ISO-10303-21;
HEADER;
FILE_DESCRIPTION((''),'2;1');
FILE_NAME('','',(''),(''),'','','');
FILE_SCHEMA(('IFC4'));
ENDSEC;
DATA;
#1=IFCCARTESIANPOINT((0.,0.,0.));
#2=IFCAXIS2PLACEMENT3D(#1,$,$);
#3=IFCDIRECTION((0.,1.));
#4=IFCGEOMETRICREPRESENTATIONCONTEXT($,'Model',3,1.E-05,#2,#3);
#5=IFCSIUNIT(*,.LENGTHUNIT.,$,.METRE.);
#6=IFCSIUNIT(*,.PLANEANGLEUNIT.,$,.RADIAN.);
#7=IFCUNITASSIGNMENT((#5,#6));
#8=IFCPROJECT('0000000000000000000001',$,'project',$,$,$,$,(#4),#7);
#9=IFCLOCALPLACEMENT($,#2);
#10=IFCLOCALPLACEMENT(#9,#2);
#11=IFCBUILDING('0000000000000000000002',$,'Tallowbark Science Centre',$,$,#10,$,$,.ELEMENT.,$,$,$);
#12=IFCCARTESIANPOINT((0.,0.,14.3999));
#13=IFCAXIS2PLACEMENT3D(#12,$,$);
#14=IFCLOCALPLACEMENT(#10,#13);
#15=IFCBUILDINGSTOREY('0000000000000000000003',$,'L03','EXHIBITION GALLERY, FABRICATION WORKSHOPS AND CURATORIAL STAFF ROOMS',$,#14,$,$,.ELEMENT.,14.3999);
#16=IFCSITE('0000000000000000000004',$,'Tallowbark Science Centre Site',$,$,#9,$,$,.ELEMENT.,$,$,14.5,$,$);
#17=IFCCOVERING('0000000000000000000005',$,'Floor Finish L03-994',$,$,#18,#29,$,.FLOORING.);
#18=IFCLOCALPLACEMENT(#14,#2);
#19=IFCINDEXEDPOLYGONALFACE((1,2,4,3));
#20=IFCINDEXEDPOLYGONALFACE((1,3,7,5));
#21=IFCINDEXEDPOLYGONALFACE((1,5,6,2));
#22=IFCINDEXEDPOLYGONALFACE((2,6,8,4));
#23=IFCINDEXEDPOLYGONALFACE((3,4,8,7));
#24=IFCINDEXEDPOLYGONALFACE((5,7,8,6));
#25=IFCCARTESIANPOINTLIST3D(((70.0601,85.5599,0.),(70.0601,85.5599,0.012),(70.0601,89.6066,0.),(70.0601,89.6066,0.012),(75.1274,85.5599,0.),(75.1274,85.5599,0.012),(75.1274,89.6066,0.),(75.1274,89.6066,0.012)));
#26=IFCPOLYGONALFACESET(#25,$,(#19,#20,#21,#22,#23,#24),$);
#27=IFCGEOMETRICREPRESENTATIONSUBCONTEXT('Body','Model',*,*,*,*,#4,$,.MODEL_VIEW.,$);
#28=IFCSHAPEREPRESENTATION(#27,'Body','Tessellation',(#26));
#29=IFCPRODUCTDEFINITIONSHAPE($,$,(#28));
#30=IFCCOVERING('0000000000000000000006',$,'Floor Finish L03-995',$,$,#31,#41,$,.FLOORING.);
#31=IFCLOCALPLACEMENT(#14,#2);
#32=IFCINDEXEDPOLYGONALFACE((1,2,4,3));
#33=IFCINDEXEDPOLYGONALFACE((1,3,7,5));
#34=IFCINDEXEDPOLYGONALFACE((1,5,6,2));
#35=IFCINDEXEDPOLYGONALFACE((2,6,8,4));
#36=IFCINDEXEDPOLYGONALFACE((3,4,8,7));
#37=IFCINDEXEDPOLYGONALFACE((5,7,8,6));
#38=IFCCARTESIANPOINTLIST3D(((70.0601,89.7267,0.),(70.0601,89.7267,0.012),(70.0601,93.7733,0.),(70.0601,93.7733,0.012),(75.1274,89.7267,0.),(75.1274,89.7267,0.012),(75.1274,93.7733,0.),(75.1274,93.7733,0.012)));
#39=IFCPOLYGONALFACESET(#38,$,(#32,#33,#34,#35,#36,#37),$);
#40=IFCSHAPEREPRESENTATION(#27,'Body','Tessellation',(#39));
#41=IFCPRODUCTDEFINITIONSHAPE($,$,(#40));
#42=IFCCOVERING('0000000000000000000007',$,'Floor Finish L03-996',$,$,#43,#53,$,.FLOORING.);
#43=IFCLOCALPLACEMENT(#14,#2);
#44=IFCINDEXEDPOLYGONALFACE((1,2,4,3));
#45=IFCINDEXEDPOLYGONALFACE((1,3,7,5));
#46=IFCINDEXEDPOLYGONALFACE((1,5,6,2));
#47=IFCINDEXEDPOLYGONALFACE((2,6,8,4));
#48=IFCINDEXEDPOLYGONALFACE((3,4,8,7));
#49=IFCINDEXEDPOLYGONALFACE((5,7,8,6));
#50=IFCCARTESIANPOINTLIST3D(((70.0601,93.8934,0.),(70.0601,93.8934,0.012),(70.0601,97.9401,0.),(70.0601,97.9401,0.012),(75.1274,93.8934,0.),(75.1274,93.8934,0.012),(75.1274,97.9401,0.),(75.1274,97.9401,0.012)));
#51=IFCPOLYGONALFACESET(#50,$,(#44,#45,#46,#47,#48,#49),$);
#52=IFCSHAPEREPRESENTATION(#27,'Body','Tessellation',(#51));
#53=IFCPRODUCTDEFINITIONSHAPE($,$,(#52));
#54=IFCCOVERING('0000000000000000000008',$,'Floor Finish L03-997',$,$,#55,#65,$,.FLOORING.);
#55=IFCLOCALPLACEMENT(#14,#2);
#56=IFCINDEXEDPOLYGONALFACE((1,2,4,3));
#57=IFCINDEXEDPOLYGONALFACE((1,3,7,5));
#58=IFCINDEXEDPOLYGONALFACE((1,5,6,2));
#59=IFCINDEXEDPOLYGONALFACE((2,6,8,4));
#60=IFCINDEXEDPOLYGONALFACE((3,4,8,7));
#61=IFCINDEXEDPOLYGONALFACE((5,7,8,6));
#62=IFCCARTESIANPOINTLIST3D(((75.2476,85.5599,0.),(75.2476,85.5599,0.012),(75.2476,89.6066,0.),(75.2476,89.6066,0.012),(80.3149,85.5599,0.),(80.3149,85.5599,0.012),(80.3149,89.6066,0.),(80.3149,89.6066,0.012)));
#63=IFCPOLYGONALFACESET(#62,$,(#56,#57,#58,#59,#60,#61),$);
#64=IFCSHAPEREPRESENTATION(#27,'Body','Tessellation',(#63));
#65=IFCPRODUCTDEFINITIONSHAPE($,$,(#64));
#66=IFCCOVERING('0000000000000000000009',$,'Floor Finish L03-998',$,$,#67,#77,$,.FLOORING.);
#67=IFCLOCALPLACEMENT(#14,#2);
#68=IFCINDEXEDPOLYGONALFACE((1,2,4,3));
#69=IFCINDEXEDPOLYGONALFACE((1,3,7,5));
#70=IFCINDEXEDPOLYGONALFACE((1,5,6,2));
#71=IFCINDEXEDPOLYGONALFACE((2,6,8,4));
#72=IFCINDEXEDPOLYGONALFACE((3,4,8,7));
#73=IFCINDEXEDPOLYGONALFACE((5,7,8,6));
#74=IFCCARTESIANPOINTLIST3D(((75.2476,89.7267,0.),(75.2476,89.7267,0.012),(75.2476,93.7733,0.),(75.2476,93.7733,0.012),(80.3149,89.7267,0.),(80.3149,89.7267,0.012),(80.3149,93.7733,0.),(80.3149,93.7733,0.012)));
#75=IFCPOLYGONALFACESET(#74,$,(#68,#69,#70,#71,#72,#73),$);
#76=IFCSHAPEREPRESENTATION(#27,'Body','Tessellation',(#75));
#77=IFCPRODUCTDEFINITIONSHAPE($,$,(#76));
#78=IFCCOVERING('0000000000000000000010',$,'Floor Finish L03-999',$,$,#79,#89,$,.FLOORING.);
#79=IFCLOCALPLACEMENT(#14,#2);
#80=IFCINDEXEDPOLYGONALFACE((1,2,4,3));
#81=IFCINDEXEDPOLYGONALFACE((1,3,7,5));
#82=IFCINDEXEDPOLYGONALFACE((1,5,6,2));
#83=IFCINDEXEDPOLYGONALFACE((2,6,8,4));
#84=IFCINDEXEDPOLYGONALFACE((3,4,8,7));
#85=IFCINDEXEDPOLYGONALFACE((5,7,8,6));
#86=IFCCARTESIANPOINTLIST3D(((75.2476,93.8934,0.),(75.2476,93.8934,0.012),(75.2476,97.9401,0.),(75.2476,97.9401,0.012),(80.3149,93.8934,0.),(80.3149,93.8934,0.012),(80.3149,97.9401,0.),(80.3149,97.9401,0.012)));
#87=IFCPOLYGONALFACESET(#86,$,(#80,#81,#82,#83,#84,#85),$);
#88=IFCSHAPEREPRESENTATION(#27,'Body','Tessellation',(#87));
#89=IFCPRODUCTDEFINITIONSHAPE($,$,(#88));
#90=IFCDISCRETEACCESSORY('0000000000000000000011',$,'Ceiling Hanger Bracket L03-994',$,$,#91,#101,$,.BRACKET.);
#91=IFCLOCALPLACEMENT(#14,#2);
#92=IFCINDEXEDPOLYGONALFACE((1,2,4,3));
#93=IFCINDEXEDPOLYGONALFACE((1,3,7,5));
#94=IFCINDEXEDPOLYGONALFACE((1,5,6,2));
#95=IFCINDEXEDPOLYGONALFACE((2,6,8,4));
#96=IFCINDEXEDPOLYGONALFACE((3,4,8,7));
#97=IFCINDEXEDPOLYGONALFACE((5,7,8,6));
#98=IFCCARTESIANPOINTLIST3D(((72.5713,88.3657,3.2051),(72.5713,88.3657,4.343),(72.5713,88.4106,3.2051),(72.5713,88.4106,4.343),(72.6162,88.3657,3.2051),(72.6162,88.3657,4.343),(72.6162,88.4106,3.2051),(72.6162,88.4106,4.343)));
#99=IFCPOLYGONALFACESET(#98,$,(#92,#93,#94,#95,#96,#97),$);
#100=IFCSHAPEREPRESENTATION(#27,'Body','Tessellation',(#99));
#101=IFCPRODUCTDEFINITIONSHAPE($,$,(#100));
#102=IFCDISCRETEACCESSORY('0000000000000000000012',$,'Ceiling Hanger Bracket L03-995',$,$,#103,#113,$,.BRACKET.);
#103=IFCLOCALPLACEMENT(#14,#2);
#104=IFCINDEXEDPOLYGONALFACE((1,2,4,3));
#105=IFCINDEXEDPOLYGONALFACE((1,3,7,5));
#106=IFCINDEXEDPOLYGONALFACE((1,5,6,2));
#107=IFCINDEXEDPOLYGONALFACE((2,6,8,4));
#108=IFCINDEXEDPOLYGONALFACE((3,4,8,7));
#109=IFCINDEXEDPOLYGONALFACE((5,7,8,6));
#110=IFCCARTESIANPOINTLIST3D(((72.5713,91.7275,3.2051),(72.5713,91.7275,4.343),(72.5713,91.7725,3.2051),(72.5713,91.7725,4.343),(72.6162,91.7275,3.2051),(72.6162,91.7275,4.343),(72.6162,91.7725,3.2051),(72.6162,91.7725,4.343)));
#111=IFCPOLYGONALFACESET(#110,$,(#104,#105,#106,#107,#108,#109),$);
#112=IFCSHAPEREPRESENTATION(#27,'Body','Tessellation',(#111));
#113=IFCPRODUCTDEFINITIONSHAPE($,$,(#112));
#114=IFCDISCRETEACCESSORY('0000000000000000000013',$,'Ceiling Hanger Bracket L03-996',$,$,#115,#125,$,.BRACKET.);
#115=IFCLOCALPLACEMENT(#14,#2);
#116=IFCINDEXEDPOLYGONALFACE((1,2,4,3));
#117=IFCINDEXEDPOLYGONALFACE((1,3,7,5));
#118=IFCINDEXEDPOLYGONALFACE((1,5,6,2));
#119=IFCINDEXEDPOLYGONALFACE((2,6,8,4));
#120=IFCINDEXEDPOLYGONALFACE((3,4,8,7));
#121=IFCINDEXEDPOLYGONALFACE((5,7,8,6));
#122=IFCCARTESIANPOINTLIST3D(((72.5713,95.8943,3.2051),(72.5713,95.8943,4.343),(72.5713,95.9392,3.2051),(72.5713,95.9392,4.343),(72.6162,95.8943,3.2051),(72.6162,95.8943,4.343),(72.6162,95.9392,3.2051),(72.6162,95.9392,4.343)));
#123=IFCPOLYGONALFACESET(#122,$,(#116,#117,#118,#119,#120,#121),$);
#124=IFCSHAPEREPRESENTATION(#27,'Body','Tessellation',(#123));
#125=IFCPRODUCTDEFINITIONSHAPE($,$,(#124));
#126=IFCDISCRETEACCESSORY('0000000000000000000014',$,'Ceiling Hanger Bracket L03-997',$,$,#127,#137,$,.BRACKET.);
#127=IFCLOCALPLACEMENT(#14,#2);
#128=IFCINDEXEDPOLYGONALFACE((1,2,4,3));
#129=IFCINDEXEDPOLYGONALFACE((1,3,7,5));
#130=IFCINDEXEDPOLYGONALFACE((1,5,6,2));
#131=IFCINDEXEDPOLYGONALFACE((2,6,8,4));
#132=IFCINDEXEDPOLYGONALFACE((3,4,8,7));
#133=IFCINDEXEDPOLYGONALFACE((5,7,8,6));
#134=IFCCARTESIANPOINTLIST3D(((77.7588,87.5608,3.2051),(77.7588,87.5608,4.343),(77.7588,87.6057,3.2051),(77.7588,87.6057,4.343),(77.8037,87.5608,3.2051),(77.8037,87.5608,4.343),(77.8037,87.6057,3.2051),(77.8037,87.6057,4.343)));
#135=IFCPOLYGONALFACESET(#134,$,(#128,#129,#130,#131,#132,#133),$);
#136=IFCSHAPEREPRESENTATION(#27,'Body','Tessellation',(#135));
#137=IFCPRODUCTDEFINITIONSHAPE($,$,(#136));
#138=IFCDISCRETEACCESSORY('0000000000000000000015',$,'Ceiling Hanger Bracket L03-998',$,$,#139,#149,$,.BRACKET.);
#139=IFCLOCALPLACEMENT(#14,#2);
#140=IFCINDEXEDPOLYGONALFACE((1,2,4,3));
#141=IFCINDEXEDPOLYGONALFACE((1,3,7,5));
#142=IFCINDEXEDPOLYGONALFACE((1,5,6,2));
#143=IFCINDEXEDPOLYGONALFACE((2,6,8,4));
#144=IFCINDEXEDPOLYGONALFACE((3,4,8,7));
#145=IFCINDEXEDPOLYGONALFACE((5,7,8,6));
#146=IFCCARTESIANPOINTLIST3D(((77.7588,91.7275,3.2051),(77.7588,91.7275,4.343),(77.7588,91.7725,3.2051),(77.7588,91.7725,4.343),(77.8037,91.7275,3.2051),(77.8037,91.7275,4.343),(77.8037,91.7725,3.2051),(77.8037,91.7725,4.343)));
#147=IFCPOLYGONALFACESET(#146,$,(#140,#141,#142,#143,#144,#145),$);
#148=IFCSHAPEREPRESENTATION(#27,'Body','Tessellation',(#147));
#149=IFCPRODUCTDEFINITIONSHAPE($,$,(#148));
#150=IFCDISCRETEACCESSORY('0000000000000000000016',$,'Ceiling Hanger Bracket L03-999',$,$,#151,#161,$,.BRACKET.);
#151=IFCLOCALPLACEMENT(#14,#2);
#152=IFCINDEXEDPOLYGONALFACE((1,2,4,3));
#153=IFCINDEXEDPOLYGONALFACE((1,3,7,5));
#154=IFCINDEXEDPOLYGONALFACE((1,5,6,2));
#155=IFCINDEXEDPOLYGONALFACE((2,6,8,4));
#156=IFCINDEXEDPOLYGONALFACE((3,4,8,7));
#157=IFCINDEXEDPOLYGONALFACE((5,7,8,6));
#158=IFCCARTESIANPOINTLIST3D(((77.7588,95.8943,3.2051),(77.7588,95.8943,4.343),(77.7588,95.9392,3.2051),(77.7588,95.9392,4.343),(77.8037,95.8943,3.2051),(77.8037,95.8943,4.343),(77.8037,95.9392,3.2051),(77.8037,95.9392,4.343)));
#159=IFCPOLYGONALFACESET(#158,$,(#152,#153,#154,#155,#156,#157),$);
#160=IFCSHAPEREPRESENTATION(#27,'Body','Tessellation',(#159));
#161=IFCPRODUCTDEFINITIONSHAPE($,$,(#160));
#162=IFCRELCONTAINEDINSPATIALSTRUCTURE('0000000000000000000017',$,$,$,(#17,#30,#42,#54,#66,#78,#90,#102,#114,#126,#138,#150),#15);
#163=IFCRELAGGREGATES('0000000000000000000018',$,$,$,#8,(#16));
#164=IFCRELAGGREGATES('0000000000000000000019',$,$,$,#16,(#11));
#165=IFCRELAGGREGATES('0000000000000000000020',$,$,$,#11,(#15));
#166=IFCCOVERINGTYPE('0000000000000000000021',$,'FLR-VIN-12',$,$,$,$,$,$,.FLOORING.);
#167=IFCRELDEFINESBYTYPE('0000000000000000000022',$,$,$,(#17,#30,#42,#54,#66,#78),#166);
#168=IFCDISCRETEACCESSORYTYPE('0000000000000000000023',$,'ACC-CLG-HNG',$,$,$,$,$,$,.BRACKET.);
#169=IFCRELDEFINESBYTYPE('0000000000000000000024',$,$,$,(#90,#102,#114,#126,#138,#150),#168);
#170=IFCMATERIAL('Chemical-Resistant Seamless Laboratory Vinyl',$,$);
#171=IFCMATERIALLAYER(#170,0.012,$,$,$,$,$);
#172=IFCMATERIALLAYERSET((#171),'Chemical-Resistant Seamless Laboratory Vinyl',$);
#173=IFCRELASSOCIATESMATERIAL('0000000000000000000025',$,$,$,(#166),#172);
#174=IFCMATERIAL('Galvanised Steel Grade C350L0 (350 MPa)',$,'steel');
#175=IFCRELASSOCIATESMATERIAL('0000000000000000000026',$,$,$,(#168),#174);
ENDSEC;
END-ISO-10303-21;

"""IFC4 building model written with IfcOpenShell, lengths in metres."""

from ifc_helpers import new_model, si_unit, direction, frame, origin, origin_2d, place, context, subcontext, project, spatial, rectangle, extrude, material, layer, layer_set, type_object, element, save


model = new_model("IFC4")

# Units and contexts
model_context = context("Model", 3, precision=1e-05, world=origin(), true_north=direction((0.0, 1.0)))
body_context = subcontext(model_context, "Body", "Model", "MODEL_VIEW")
ifc_project = project(units=[si_unit("LENGTHUNIT", "METRE"), si_unit("PLANEANGLEUNIT", "RADIAN")], contexts=[model_context])

# Site, building, storey
site_placement = place(None, origin())
site = spatial("IfcSite", under=ifc_project, at=site_placement, Name="Tallowbark Science Centre Site", CompositionType="ELEMENT", RefElevation=14.5)
building_placement = place(site_placement, origin())
building = spatial("IfcBuilding", under=site, at=building_placement, Name="Tallowbark Science Centre", CompositionType="ELEMENT")
storey_placement = place(building_placement, frame((0.0, 0.0, 14.3999)))
storey = spatial("IfcBuildingStorey", under=building, at=storey_placement, Name="L03", Description="EXHIBITION GALLERY, FABRICATION WORKSHOPS AND CURATORIAL STAFF ROOMS", CompositionType="ELEMENT", Elevation=14.3999)

# Coverings
ifc_material_1 = material(Name="Chemical-Resistant Seamless Laboratory Vinyl")
ifc_layer_1 = layer(ifc_material_1, 0.012)
ifc_layer_set_1 = layer_set([ifc_layer_1], Name="Chemical-Resistant Seamless Laboratory Vinyl")
covering_type_1 = type_object("IfcCoveringType", Name="FLR-VIN-12", PredefinedType="FLOORING", material=ifc_layer_set_1)
for number, where, z_axis, x_axis, name in (
    (1, (72.5938, 87.5833, 0.0), (0.0, 0.0, 1.0), (1.0, 0.0, 0.0), "Floor Finish L03-994"),
    (2, (72.5938, 91.75, 0.0), (0.0, 0.0, 1.0), (1.0, 0.0, 0.0), "Floor Finish L03-995"),
    (3, (72.5938, 95.9167, 0.0), (0.0, 0.0, 1.0), (1.0, 0.0, 0.0), "Floor Finish L03-996"),
    (4, (77.7812, 87.5833, 0.0), (0.0, 0.0, 1.0), (1.0, 0.0, 0.0), "Floor Finish L03-997"),
    (5, (77.7812, 91.75, 0.0), (0.0, 0.0, 1.0), (1.0, 0.0, 0.0), "Floor Finish L03-998"),
    (6, (77.7812, 95.9167, 0.0), (0.0, 0.0, 1.0), (1.0, 0.0, 0.0), "Floor Finish L03-999"),
):
    element("IfcCovering", number, at=place(storey_placement, frame(where, z_axis=z_axis, x_axis=x_axis)), inside=storey, type_object=covering_type_1, Name=name, PredefinedType="FLOORING", context=body_context, shape_type="SweptSolid", body=[
        extrude(rectangle(XDim=5.0674, YDim=4.0466, at=origin_2d()), origin(), (0.0, 0.0, 1.0), 0.012),
    ])

# Discrete accessories
ifc_material_2 = material(Name="Galvanised Steel Grade C350L0 (350 MPa)", Category="steel")
discrete_accessory_type = type_object("IfcDiscreteAccessoryType", Name="ACC-CLG-HNG", PredefinedType="BRACKET", material=ifc_material_2)
for number, where, z_axis, x_axis, name in (
    (7, (72.5938, 88.3882, 3.2051), (0.0, 0.0, 1.0), (1.0, 0.0, 0.0), "Ceiling Hanger Bracket L03-994"),
    (8, (72.5938, 91.75, 3.2051), (0.0, 0.0, 1.0), (1.0, 0.0, 0.0), "Ceiling Hanger Bracket L03-995"),
    (9, (72.5938, 95.9167, 3.2051), (0.0, 0.0, 1.0), (1.0, 0.0, 0.0), "Ceiling Hanger Bracket L03-996"),
    (10, (77.7812, 87.5833, 3.2051), (0.0, 0.0, 1.0), (1.0, 0.0, 0.0), "Ceiling Hanger Bracket L03-997"),
    (11, (77.7812, 91.75, 3.2051), (0.0, 0.0, 1.0), (1.0, 0.0, 0.0), "Ceiling Hanger Bracket L03-998"),
    (12, (77.7812, 95.9167, 3.2051), (0.0, 0.0, 1.0), (1.0, 0.0, 0.0), "Ceiling Hanger Bracket L03-999"),
):
    element("IfcDiscreteAccessory", number, at=place(storey_placement, frame(where, z_axis=z_axis, x_axis=x_axis)), inside=storey, type_object=discrete_accessory_type, Name=name, PredefinedType="BRACKET", context=body_context, shape_type="SweptSolid", body=[
        extrude(rectangle(XDim=0.0449, YDim=0.0449, at=origin_2d()), origin(), (0.0, 0.0, 1.0), 1.1379),
    ])

save(model, "model.ifc")
